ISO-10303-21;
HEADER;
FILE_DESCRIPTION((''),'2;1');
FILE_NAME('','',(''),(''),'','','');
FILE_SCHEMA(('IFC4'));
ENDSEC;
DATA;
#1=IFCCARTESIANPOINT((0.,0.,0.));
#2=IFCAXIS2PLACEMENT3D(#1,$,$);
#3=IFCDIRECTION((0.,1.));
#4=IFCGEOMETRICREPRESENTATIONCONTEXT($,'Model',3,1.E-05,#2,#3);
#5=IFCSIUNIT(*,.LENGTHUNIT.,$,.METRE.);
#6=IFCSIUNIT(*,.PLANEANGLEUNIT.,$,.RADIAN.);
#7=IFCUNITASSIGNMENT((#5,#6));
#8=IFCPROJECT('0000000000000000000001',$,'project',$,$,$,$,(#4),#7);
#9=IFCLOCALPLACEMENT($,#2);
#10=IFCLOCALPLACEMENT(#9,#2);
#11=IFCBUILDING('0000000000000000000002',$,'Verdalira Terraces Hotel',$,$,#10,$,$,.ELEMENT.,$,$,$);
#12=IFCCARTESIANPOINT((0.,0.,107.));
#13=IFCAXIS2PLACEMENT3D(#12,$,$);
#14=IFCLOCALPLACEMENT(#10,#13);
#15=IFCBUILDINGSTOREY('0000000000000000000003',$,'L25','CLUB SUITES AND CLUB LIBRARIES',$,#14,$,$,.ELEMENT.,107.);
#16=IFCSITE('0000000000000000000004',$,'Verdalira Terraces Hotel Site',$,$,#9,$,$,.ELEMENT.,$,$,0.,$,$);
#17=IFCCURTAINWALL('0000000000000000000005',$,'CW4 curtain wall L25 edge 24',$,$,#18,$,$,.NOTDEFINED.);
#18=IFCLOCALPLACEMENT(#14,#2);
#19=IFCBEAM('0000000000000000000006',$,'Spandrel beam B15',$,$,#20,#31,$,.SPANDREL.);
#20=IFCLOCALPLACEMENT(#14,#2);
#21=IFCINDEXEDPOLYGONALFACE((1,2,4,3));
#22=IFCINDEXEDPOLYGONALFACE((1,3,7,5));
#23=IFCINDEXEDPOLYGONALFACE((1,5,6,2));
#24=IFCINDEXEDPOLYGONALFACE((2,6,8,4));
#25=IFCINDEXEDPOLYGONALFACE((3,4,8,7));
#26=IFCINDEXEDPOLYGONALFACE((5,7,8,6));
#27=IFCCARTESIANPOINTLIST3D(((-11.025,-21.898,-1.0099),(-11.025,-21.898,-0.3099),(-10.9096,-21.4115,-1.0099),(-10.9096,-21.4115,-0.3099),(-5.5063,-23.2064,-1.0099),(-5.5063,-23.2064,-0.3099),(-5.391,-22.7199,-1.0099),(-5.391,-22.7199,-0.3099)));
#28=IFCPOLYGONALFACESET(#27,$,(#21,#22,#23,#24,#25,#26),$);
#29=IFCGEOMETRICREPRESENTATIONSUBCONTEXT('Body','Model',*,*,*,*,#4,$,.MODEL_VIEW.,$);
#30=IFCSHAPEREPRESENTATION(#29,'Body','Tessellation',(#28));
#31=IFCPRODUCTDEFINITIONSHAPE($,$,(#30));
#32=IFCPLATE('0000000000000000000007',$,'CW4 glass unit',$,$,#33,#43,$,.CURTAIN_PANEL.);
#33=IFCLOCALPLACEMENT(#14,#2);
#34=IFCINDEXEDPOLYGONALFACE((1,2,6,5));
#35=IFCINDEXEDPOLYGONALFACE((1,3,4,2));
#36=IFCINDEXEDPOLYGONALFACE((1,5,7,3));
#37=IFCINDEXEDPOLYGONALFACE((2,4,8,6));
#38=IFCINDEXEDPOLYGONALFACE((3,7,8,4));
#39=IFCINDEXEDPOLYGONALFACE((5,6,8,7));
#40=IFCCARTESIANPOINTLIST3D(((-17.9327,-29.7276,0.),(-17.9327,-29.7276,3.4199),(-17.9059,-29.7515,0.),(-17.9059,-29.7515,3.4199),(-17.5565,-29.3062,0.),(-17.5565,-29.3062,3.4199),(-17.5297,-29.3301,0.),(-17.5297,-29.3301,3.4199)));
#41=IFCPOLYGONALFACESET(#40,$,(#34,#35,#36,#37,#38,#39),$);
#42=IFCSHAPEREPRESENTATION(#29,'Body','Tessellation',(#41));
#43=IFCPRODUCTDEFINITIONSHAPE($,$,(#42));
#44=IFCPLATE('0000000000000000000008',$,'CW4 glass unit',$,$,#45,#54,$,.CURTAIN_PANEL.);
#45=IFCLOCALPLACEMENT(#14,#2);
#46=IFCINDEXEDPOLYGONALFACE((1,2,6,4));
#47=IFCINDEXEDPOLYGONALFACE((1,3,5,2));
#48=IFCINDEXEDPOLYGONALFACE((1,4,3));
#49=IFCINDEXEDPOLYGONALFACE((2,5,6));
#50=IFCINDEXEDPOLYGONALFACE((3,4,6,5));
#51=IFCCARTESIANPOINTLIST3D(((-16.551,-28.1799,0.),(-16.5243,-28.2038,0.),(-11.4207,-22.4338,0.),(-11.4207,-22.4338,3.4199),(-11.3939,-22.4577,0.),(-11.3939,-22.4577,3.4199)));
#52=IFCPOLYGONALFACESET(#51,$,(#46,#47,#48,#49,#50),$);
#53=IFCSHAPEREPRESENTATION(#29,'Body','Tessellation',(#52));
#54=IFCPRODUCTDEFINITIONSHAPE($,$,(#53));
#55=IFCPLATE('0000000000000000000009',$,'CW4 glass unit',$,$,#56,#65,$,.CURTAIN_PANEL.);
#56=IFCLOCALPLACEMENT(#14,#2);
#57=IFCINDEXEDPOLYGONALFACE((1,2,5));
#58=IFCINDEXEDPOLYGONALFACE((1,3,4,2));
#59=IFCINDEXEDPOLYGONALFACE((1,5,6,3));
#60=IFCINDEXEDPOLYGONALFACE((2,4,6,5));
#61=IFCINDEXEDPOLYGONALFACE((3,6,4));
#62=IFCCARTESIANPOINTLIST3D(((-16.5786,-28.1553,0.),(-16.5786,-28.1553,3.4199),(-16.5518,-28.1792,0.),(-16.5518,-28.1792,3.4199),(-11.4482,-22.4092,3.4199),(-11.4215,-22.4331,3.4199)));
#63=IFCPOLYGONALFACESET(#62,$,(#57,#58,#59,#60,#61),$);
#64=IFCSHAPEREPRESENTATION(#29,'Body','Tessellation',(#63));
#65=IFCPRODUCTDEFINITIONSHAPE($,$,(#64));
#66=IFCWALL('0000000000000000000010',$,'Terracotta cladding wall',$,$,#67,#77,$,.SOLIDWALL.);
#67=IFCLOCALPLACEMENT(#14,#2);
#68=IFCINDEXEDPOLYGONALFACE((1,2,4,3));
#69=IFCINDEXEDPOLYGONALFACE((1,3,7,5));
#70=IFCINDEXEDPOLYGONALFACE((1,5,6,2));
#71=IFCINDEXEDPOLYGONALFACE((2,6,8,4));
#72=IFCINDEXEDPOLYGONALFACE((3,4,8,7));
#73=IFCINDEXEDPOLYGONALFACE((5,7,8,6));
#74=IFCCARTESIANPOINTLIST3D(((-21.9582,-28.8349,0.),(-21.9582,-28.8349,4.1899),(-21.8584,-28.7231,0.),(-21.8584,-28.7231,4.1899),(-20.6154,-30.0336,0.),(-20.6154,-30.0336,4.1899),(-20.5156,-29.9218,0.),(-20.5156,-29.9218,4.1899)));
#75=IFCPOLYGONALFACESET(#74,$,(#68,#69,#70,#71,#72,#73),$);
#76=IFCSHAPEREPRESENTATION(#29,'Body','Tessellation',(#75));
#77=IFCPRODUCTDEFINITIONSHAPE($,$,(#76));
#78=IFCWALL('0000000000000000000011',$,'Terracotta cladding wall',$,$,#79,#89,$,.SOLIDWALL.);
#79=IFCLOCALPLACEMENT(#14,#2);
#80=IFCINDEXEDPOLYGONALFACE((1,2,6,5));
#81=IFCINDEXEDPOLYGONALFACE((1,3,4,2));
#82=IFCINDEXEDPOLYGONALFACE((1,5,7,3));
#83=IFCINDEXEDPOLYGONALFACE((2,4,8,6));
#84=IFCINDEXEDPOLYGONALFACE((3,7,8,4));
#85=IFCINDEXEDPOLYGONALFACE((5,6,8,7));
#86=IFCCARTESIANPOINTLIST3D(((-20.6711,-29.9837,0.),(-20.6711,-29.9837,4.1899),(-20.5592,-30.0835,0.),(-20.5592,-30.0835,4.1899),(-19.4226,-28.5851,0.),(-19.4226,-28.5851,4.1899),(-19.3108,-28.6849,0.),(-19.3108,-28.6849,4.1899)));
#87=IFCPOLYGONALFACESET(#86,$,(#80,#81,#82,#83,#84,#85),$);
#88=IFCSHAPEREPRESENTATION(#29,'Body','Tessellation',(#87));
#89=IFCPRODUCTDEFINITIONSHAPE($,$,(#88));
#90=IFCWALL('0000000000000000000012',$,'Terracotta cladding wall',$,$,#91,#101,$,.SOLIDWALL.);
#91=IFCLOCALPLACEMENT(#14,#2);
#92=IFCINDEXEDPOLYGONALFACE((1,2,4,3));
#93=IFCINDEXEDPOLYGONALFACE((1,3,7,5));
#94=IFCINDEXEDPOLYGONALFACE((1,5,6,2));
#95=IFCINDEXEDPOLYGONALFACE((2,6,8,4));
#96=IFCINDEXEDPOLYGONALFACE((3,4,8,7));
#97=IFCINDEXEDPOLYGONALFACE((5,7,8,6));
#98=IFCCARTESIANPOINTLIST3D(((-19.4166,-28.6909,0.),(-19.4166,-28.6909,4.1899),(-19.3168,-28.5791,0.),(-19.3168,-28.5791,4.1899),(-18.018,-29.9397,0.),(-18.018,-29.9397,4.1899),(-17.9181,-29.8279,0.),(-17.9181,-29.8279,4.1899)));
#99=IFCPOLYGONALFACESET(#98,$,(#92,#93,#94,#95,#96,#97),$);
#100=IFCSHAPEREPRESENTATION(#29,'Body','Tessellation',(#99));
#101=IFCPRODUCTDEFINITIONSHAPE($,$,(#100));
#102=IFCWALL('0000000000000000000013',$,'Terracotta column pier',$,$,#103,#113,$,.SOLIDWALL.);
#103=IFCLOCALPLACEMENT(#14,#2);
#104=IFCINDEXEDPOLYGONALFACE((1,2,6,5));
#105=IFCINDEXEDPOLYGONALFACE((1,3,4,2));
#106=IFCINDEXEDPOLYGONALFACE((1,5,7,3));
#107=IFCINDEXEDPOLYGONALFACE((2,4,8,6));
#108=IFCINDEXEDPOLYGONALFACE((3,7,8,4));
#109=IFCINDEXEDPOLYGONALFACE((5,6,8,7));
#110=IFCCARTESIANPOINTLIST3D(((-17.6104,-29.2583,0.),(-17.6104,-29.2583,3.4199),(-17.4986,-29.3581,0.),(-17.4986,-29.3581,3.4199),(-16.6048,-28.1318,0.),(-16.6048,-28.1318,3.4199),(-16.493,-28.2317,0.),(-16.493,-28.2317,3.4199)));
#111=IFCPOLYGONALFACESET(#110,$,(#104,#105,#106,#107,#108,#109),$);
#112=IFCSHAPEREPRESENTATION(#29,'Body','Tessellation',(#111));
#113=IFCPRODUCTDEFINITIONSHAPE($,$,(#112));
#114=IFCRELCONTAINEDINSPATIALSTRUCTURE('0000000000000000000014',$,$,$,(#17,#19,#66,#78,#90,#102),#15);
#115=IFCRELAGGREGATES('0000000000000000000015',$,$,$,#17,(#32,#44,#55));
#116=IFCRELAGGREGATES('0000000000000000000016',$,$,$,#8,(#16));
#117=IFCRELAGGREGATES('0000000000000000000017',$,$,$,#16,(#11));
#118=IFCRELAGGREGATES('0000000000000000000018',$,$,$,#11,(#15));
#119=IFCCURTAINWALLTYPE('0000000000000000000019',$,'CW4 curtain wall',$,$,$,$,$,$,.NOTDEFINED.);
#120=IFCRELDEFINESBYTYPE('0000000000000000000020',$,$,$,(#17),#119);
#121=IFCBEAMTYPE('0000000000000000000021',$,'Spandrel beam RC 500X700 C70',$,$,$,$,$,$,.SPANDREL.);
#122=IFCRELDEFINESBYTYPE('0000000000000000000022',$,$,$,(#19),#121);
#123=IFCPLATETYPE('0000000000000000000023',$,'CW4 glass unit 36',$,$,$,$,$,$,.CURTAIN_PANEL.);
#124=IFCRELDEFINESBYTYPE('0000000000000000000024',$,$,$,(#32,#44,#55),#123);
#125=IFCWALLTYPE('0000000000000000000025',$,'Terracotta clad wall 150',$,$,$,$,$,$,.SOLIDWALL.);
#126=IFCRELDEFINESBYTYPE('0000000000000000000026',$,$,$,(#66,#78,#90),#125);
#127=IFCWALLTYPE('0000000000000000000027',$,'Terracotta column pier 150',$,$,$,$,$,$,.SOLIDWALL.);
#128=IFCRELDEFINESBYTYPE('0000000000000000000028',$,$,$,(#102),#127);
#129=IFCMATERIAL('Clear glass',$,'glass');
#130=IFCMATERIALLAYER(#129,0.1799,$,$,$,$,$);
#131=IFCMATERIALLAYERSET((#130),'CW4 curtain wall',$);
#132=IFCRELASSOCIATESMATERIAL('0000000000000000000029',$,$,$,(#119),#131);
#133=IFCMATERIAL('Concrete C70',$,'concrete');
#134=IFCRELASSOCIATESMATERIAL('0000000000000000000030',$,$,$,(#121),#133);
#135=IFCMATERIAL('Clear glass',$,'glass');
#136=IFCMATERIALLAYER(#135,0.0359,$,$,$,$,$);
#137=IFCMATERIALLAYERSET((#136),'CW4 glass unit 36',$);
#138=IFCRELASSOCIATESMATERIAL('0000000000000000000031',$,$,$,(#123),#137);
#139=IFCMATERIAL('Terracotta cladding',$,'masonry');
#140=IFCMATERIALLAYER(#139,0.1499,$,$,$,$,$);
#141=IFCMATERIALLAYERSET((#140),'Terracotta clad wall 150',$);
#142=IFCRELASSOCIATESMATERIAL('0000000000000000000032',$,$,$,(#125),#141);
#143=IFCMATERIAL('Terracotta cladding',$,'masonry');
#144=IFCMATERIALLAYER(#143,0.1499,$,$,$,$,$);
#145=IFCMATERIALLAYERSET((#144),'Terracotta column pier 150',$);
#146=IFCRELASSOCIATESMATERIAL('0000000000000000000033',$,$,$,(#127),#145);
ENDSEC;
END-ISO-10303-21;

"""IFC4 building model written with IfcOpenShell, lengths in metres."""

from ifc_helpers import new_model, si_unit, direction, frame, frame_2d, origin, origin_2d, place, context, subcontext, project, spatial, polyline, rectangle, outline, extrude, material, layer, layer_set, material_profile, profile_set, type_object, element, aggregate, save


model = new_model("IFC4")

# Units and contexts
model_context = context("Model", 3, precision=1e-05, world=origin(), true_north=direction((0.0, 1.0)))
body_context = subcontext(model_context, "Body", "Model", "MODEL_VIEW")
ifc_project = project(units=[si_unit("LENGTHUNIT", "METRE"), si_unit("PLANEANGLEUNIT", "RADIAN")], contexts=[model_context])

# Site, building, storey
site_placement = place(None, origin())
site = spatial("IfcSite", under=ifc_project, at=site_placement, Name="Verdalira Terraces Hotel Site", CompositionType="ELEMENT", RefElevation=0.0)
building_placement = place(site_placement, origin())
building = spatial("IfcBuilding", under=site, at=building_placement, Name="Verdalira Terraces Hotel", CompositionType="ELEMENT")
storey_placement = place(building_placement, frame((0.0, 0.0, 107.0)))
storey = spatial("IfcBuildingStorey", under=building, at=storey_placement, Name="L25", Description="CLUB SUITES AND CLUB LIBRARIES", CompositionType="ELEMENT", Elevation=107.0)

# Curtain wall
ifc_material_1 = material(Name="Clear glass", Category="glass")
ifc_layer_1 = layer(ifc_material_1, 0.1799)
ifc_layer_set_1 = layer_set([ifc_layer_1], Name="CW4 curtain wall")
curtain_wall_type = type_object("IfcCurtainWallType", Name="CW4 curtain wall", PredefinedType="NOTDEFINED", material=ifc_layer_set_1)
curtain_wall_1_placement = place(storey_placement, origin())
curtain_wall_1 = element("IfcCurtainWall", 1, at=curtain_wall_1_placement, inside=storey, type_object=curtain_wall_type, Name="CW4 curtain wall L25 edge 24", PredefinedType="NOTDEFINED")

# Beam
ifc_material_2 = material(Name="Concrete C70", Category="concrete")
ifc_material_profile_1 = material_profile(ifc_material_2, rectangle(XDim=0.5, YDim=0.7, at=origin_2d()), Name="RC 500X700")
ifc_profile_set_1 = profile_set([ifc_material_profile_1], Name="Concrete C70")
beam_type = type_object("IfcBeamType", Name="Spandrel beam RC 500X700 C70", PredefinedType="SPANDREL", material=ifc_profile_set_1)
beam_1_placement = place(storey_placement, frame((-10.9673, -21.6548, -0.6599), z_axis=(0.973028, -0.230687, 0.0), x_axis=(0.230687, 0.973028, 0.0)))
element("IfcBeam", 2, at=beam_1_placement, inside=storey, type_object=beam_type, Name="Spandrel beam B15", PredefinedType="SPANDREL", context=body_context, shape_type="SweptSolid", body=[
    extrude(rectangle(XDim=0.5, YDim=0.7, at=origin_2d()), origin(), (0.0, 0.0, 1.0), 5.6716),
])

# Plates
ifc_material_3 = material(Name="Clear glass", Category="glass")
ifc_layer_2 = layer(ifc_material_3, 0.0359)
ifc_layer_set_2 = layer_set([ifc_layer_2], Name="CW4 glass unit 36")
plate_type = type_object("IfcPlateType", Name="CW4 glass unit 36", PredefinedType="CURTAIN_PANEL", material=ifc_layer_set_2)
plate_1_placement = place(storey_placement, frame((-17.7312, -29.5288, 0.0), z_axis=(0.0, 0.0, 1.0), x_axis=(0.666012, 0.745941, 0.0)))
plate_1 = element("IfcPlate", 3, at=plate_1_placement, type_object=plate_type, Name="CW4 glass unit", PredefinedType="CURTAIN_PANEL", context=body_context, shape_type="SweptSolid", body=[
    extrude(rectangle(XDim=0.5649, YDim=0.0359, at=origin_2d()), origin(), (0.0, 0.0, 1.0), 3.4199),
])
plate_2_placement = place(storey_placement, frame((-13.9858, -25.3069, 1.71), z_axis=(0.745941, -0.666012, 0.0), x_axis=(0.666012, 0.745941, 0.0)))
plate_2 = element("IfcPlate", 4, at=plate_2_placement, type_object=plate_type, Name="CW4 glass unit", PredefinedType="CURTAIN_PANEL", context=body_context, shape_type="SweptSolid", body=[
    extrude(outline(polyline([(-3.8516, -1.71), (3.8516, -1.71), (3.8516, 1.71), (-3.8516, -1.71)])), origin(), (0.0, 0.0, 1.0), 0.0359),
])
plate_3_placement = place(storey_placement, frame((-14.0134, -25.2822, 1.71), z_axis=(0.745941, -0.666012, 0.0), x_axis=(0.666012, 0.745941, 0.0)))
plate_3 = element("IfcPlate", 5, at=plate_3_placement, type_object=plate_type, Name="CW4 glass unit", PredefinedType="CURTAIN_PANEL", context=body_context, shape_type="SweptSolid", body=[
    extrude(outline(polyline([(-3.8516, -1.71), (3.8516, 1.71), (-3.8516, 1.71), (-3.8516, -1.71)])), origin(), (0.0, 0.0, 1.0), 0.0359),
])
aggregate(curtain_wall_1, [plate_1, plate_2, plate_3])

# Walls
ifc_material_4 = material(Name="Terracotta cladding", Category="masonry")
ifc_layer_3 = layer(ifc_material_4, 0.1499)
ifc_layer_set_3 = layer_set([ifc_layer_3], Name="Terracotta clad wall 150")
wall_type_1 = type_object("IfcWallType", Name="Terracotta clad wall 150", PredefinedType="SOLIDWALL", material=ifc_layer_set_3)
wall_1_placement = place(storey_placement, frame((-21.9082, -28.7791, 0.0), z_axis=(0.0, 0.0, 1.0), x_axis=(0.745986, -0.665962, 0.0)))
element("IfcWall", 6, at=wall_1_placement, inside=storey, type_object=wall_type_1, Name="Terracotta cladding wall", PredefinedType="SOLIDWALL", context=body_context, shape_type="SweptSolid", body=[
    extrude(rectangle(XDim=1.8, YDim=0.1499, at=frame_2d((0.8999, 0.0))), origin(), (0.0, 0.0, 1.0), 4.1899),
])
wall_2_placement = place(storey_placement, frame((-20.6152, -30.0337, 0.0), z_axis=(0.0, 0.0, 1.0), x_axis=(0.66593, 0.746014, 0.0)))
element("IfcWall", 7, at=wall_2_placement, inside=storey, type_object=wall_type_1, Name="Terracotta cladding wall", PredefinedType="SOLIDWALL", context=body_context, shape_type="SweptSolid", body=[
    extrude(rectangle(XDim=1.8748, YDim=0.1499, at=frame_2d((0.9375, 0.0))), origin(), (0.0, 0.0, 1.0), 4.1899),
])
wall_3_placement = place(storey_placement, frame((-19.3667, -28.635, 0.0), z_axis=(0.0, 0.0, 1.0), x_axis=(0.745949, -0.666003, 0.0)))
element("IfcWall", 8, at=wall_3_placement, inside=storey, type_object=wall_type_1, Name="Terracotta cladding wall", PredefinedType="SOLIDWALL", context=body_context, shape_type="SweptSolid", body=[
    extrude(rectangle(XDim=1.875, YDim=0.1499, at=frame_2d((0.9375, 0.0))), origin(), (0.0, 0.0, 1.0), 4.1899),
])
ifc_material_5 = material(Name="Terracotta cladding", Category="masonry")
ifc_layer_4 = layer(ifc_material_5, 0.1499)
ifc_layer_set_4 = layer_set([ifc_layer_4], Name="Terracotta column pier 150")
wall_type_2 = type_object("IfcWallType", Name="Terracotta column pier 150", PredefinedType="SOLIDWALL", material=ifc_layer_set_4)
wall_4_placement = place(storey_placement, frame((-17.5544, -29.3081, 0.0), z_axis=(0.0, 0.0, 1.0), x_axis=(0.665958, 0.745989, 0.0)))
element("IfcWall", 9, at=wall_4_placement, inside=storey, type_object=wall_type_2, Name="Terracotta column pier", PredefinedType="SOLIDWALL", context=body_context, shape_type="SweptSolid", body=[
    extrude(rectangle(XDim=1.51, YDim=0.1499, at=frame_2d((0.7549, 0.0))), origin(), (0.0, 0.0, 1.0), 3.4199),
])

save(model, "model.ifc")
